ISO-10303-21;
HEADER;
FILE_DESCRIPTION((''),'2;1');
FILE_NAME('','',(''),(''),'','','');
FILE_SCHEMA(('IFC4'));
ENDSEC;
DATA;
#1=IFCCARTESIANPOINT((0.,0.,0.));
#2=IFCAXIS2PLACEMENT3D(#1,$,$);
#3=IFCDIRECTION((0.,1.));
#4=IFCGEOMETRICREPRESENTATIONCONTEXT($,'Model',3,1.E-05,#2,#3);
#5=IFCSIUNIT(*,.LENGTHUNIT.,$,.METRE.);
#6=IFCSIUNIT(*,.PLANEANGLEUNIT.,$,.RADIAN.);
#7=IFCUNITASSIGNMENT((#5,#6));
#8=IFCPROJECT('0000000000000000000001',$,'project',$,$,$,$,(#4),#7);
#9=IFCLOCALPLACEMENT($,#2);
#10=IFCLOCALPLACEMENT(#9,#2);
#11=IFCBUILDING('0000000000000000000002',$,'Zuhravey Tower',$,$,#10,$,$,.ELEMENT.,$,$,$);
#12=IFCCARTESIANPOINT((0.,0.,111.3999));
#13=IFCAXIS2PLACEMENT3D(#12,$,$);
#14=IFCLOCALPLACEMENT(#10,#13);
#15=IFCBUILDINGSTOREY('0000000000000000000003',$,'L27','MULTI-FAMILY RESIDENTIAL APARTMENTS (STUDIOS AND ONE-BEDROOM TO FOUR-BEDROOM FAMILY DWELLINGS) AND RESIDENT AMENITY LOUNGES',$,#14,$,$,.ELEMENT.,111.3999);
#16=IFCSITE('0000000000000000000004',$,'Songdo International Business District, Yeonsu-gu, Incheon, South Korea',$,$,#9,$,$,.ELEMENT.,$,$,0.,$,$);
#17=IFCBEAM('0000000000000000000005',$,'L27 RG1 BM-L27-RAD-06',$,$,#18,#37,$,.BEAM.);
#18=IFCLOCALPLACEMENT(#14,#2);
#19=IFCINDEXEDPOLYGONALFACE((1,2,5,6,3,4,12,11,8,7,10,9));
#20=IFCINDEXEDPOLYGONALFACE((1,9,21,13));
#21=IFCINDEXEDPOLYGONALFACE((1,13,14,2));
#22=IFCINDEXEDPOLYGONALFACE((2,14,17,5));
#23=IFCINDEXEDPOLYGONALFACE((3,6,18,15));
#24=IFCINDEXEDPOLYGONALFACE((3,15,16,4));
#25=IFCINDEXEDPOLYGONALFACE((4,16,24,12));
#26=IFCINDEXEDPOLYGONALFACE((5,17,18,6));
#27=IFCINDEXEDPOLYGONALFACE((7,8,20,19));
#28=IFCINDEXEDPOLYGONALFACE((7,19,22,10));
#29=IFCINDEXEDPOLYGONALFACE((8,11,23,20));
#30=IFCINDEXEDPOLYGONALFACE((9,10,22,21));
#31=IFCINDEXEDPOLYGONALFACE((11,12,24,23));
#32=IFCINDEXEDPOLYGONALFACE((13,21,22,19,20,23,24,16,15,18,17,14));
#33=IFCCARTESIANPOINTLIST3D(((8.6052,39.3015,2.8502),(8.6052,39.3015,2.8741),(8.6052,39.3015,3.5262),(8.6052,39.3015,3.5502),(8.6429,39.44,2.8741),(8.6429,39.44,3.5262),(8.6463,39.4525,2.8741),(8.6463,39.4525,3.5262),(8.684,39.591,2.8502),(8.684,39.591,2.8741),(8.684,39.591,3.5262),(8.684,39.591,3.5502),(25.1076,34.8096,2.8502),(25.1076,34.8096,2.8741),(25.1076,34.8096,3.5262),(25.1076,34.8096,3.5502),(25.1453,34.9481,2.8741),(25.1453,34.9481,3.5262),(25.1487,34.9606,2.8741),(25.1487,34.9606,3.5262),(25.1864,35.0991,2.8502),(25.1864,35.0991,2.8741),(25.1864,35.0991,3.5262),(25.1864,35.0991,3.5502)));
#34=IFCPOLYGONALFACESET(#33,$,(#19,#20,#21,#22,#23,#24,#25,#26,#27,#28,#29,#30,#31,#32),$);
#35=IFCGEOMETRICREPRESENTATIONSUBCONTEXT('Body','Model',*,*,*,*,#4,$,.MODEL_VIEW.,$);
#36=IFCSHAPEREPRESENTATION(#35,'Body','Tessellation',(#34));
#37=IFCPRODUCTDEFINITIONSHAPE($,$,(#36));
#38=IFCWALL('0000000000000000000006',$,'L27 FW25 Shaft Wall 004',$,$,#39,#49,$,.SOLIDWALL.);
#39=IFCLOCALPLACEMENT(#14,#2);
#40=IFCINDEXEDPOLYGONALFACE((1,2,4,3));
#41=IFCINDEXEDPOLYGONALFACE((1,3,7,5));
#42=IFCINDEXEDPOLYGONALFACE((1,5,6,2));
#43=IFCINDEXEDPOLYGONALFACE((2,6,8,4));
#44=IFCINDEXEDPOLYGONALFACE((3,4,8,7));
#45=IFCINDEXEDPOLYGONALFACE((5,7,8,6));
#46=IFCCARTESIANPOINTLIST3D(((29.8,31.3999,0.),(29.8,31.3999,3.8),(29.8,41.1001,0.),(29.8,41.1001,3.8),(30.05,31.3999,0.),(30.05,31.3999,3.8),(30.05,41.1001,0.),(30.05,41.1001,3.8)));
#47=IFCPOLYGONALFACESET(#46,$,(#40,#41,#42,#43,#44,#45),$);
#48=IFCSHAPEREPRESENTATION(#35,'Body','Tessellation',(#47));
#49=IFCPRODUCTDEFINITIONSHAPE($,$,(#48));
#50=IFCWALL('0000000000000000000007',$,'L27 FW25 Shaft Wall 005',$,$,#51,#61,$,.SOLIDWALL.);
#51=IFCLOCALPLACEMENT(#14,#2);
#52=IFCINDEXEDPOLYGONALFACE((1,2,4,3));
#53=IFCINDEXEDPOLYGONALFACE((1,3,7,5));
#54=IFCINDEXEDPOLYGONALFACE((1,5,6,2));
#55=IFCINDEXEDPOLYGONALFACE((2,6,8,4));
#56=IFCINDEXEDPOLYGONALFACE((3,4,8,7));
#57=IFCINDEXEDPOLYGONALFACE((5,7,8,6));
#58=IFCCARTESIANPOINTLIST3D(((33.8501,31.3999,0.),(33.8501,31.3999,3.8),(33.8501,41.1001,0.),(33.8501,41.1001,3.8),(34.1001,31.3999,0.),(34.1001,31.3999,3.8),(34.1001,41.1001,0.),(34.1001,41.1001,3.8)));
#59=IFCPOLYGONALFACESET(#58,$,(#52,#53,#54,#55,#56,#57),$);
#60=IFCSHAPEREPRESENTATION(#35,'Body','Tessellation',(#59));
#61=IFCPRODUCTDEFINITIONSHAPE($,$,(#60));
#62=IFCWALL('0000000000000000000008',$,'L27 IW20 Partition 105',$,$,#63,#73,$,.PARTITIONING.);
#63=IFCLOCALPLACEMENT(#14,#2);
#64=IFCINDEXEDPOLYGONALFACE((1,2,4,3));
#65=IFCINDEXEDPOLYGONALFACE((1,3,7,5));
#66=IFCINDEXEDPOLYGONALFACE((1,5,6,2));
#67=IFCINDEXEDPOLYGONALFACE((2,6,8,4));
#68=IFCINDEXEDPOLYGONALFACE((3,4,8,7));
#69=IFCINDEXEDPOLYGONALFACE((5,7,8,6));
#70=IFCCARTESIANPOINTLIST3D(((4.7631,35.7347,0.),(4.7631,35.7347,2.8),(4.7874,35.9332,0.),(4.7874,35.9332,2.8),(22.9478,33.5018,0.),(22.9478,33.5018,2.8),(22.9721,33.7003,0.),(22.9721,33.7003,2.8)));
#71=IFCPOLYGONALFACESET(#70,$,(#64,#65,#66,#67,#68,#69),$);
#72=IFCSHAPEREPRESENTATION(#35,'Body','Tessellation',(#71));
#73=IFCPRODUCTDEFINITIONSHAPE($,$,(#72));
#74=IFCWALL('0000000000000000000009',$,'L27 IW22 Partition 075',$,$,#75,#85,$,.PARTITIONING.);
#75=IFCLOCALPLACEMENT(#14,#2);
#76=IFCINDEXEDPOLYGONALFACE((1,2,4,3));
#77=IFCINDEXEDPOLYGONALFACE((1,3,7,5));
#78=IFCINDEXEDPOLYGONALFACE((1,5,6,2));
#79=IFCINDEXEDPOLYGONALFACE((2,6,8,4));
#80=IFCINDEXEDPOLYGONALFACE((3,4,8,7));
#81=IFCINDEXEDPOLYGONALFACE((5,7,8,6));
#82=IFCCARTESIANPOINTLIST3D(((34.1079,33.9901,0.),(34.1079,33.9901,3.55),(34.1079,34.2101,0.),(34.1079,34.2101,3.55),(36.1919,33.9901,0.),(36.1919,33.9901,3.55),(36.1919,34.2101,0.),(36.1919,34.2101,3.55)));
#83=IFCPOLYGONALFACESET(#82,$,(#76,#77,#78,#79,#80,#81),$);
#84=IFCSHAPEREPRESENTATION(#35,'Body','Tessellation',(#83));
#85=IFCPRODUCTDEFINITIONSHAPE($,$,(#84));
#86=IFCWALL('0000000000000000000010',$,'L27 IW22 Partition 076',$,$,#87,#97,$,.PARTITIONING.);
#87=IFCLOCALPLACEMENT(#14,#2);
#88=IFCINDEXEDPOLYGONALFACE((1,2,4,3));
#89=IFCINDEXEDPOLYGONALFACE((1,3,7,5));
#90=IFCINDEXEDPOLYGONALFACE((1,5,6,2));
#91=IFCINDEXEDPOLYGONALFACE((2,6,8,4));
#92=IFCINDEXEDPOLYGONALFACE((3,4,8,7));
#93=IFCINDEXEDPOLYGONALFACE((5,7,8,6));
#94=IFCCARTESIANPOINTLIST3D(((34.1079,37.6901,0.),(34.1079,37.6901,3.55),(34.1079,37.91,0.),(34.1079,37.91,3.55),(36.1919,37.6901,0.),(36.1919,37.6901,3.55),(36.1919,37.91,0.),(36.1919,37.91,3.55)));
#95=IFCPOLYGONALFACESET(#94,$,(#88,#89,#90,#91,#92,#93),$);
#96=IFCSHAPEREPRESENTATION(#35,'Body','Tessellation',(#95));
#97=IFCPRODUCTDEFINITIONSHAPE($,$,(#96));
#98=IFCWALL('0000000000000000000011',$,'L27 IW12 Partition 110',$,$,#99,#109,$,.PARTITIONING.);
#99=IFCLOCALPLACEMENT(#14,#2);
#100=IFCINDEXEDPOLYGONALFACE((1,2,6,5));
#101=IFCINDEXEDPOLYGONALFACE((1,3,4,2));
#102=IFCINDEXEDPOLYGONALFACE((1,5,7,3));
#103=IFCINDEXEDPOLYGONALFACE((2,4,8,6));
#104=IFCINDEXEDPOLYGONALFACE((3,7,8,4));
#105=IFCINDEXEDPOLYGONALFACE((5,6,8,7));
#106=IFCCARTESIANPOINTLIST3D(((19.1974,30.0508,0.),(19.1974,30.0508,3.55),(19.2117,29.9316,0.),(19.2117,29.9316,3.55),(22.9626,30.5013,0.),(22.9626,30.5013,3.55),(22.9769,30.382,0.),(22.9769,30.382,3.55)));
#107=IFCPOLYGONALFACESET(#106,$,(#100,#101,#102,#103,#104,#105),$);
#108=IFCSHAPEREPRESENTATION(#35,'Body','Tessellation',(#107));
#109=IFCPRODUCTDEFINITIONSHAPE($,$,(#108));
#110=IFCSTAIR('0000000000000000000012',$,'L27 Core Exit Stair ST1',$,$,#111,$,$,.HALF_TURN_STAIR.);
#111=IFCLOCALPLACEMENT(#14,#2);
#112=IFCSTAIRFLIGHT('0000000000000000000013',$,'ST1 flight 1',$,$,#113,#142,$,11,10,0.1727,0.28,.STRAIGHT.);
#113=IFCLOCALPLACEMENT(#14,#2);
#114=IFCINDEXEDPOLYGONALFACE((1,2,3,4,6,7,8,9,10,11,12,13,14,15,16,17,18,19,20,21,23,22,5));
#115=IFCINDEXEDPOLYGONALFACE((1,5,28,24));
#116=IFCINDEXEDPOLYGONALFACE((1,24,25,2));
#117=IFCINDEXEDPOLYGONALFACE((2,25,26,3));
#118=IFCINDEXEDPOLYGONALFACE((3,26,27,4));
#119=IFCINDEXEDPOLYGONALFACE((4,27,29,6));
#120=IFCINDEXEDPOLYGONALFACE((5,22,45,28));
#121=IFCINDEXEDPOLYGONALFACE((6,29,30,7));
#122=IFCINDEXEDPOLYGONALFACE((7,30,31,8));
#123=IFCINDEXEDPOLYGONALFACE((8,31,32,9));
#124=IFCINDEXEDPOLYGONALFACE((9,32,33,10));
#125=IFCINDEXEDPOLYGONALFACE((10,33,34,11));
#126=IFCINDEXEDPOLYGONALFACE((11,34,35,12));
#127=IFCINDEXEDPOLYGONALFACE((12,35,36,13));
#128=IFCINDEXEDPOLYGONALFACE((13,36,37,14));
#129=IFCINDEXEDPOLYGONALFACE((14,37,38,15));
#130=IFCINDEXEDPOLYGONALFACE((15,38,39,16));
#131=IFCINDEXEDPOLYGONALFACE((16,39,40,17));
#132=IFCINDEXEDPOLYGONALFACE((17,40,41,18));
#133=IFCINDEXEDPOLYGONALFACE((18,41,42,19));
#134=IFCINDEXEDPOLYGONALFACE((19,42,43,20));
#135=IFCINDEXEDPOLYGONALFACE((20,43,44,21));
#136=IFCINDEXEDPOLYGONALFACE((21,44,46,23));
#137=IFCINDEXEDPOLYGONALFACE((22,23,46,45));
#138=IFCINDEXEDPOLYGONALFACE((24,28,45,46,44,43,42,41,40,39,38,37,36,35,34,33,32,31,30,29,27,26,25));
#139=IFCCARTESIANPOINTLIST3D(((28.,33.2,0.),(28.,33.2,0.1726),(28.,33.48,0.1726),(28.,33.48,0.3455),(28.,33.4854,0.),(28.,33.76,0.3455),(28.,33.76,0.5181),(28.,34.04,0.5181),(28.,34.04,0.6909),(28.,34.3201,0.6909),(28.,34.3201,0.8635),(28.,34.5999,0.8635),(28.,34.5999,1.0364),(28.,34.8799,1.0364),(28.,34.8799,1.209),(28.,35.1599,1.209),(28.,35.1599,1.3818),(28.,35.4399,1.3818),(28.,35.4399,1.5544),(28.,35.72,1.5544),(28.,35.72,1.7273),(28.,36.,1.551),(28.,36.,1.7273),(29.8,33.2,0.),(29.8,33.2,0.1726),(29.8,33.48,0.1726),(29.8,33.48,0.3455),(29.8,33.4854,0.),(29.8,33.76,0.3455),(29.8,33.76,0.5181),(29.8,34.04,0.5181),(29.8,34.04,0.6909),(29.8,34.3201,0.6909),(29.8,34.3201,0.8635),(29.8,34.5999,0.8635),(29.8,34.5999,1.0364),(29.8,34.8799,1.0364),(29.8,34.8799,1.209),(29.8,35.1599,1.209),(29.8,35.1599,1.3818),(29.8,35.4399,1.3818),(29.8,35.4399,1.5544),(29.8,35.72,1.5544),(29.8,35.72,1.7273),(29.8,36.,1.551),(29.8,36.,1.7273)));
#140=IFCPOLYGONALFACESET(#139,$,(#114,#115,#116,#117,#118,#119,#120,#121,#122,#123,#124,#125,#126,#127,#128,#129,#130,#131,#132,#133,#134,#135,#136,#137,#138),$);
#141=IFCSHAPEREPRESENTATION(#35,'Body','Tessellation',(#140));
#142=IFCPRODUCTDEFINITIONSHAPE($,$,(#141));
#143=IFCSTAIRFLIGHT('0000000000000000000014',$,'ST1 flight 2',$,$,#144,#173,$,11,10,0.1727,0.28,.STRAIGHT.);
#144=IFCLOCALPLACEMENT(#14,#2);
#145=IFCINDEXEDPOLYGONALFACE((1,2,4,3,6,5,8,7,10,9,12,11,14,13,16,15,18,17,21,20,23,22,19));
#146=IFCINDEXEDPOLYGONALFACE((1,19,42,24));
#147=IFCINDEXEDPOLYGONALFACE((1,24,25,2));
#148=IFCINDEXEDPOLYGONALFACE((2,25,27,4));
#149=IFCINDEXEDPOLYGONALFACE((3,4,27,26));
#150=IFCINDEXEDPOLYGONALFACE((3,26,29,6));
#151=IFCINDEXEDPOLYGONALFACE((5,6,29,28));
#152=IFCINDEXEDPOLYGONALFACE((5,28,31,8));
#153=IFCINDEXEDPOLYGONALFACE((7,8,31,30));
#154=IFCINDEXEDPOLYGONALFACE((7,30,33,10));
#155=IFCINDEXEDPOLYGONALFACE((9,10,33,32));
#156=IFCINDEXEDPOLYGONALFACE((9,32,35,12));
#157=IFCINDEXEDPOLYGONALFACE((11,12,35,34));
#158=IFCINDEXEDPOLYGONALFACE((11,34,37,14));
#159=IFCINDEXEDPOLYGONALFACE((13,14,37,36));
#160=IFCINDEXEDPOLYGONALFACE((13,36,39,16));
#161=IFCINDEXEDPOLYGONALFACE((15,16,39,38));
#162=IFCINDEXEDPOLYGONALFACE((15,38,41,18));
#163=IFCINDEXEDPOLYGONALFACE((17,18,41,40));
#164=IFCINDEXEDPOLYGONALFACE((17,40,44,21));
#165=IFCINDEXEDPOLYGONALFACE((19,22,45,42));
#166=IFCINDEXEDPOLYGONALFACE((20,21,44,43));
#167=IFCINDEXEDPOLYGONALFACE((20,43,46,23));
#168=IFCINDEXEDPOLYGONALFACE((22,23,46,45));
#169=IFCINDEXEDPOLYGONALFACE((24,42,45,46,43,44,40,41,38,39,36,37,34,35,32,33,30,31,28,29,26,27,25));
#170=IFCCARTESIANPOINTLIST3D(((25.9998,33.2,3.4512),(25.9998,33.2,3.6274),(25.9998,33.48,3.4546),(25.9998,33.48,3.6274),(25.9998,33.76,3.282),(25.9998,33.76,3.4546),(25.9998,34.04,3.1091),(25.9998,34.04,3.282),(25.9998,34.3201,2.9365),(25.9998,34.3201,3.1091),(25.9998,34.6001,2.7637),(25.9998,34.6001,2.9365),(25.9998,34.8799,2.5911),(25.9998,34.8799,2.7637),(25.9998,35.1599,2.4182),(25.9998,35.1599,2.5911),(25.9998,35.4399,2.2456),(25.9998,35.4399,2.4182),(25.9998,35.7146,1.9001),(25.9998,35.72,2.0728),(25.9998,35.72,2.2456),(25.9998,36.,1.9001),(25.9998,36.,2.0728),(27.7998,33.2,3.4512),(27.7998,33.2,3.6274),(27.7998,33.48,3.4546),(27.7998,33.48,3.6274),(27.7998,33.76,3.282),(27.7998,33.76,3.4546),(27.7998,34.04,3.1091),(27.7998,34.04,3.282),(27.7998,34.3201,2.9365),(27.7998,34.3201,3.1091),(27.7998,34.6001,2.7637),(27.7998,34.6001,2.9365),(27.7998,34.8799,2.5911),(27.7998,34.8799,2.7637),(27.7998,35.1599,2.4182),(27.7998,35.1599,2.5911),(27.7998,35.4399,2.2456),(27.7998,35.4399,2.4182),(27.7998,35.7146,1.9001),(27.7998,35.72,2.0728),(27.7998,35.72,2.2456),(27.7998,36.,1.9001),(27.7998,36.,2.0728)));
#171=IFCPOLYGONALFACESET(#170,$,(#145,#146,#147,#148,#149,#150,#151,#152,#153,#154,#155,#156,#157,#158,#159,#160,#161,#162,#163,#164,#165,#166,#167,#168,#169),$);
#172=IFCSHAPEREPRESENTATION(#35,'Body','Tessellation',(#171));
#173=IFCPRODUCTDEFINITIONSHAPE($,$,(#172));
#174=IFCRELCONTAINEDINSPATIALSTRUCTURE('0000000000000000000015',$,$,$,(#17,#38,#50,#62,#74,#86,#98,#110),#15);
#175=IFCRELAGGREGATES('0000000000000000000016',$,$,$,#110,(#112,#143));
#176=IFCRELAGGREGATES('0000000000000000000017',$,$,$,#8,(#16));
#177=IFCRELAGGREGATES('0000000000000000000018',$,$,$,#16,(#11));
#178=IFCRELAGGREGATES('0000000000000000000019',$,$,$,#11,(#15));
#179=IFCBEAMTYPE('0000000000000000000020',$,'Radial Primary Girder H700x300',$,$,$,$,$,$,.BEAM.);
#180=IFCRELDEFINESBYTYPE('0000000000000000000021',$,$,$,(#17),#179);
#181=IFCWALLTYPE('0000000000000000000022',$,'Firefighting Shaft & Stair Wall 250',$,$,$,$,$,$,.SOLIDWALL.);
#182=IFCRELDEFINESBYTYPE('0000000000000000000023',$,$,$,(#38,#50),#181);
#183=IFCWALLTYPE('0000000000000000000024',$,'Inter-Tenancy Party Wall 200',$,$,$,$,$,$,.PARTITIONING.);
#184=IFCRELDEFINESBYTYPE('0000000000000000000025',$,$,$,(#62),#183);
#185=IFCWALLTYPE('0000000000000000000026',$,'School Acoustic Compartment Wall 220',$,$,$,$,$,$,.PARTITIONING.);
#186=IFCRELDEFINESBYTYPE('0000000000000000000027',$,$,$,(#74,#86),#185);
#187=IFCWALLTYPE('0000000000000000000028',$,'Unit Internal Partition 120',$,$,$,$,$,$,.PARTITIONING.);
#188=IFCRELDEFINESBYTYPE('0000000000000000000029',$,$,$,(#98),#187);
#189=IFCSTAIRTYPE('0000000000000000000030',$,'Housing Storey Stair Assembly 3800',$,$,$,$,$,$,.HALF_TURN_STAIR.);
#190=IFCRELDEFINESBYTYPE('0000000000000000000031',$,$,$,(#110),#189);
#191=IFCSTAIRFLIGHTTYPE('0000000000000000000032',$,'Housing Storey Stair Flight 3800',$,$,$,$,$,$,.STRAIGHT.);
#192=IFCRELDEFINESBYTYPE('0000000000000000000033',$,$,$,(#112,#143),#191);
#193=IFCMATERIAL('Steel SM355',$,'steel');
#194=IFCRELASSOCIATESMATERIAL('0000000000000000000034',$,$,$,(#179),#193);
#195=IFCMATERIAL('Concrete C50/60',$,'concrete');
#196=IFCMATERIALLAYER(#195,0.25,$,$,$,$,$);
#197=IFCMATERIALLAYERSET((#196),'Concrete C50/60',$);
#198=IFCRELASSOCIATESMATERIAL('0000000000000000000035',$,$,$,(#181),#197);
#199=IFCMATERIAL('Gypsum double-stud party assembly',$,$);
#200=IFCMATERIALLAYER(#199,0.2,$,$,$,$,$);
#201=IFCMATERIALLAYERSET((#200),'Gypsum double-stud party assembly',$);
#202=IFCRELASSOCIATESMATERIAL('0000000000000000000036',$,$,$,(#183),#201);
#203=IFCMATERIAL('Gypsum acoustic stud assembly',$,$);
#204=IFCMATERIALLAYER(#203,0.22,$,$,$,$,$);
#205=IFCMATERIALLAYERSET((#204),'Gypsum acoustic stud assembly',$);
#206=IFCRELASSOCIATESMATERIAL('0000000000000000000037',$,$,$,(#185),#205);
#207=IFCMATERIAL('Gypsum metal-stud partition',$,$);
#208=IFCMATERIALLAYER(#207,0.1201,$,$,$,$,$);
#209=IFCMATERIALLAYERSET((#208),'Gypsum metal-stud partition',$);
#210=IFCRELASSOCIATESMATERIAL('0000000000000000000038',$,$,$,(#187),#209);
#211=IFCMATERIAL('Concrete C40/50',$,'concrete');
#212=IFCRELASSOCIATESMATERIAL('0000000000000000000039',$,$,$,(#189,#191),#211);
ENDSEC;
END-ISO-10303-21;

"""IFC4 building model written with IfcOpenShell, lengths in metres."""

from ifc_helpers import new_model, si_unit, direction, frame, frame_2d, origin, origin_2d, place, context, subcontext, project, spatial, polyline, rectangle, i_section, outline, extrude, material, layer, layer_set, material_profile, profile_set, type_object, element, aggregate, save


model = new_model("IFC4")

# Units and contexts
model_context = context("Model", 3, precision=1e-05, world=origin(), true_north=direction((0.0, 1.0)))
body_context = subcontext(model_context, "Body", "Model", "MODEL_VIEW")
ifc_project = project(units=[si_unit("LENGTHUNIT", "METRE"), si_unit("PLANEANGLEUNIT", "RADIAN")], contexts=[model_context])

# Site, building, storey
site_placement = place(None, origin())
site = spatial("IfcSite", under=ifc_project, at=site_placement, Name="Songdo International Business District, Yeonsu-gu, Incheon, South Korea", CompositionType="ELEMENT", RefElevation=0.0)
building_placement = place(site_placement, origin())
building = spatial("IfcBuilding", under=site, at=building_placement, Name="Zuhravey Tower", CompositionType="ELEMENT")
storey_placement = place(building_placement, frame((0.0, 0.0, 111.3999)))
storey = spatial("IfcBuildingStorey", under=building, at=storey_placement, Name="L27", Description="MULTI-FAMILY RESIDENTIAL APARTMENTS (STUDIOS AND ONE-BEDROOM TO FOUR-BEDROOM FAMILY DWELLINGS) AND RESIDENT AMENITY LOUNGES", CompositionType="ELEMENT", Elevation=111.3999)

# Beam
ifc_material_1 = material(Name="Steel SM355", Category="steel")
ifc_material_profile = material_profile(ifc_material_1, i_section(OverallWidth=0.3, OverallDepth=0.7, WebThickness=0.0129, FlangeThickness=0.0239, at=origin_2d()), Name="H-700x300x13x24")
ifc_profile_set = profile_set([ifc_material_profile], Name="Steel SM355")
beam_type = type_object("IfcBeamType", Name="Radial Primary Girder H700x300", PredefinedType="BEAM", material=ifc_profile_set)
beam_placement = place(storey_placement, frame((25.147, 34.9543, 3.2002), z_axis=(-0.964893, 0.262643, 0.0), x_axis=(-0.262643, -0.964893, 0.0)))
element("IfcBeam", 1, at=beam_placement, inside=storey, type_object=beam_type, Name="L27 RG1 BM-L27-RAD-06", PredefinedType="BEAM", context=body_context, shape_type="SweptSolid", body=[
    extrude(i_section(OverallWidth=0.3, OverallDepth=0.7, WebThickness=0.0129, FlangeThickness=0.0239, at=origin_2d()), origin(), (0.0, 0.0, 1.0), 17.1028),
])

# Shared definitions
ifc_material_2 = material(Name="Concrete C50/60", Category="concrete")
ifc_layer_1 = layer(ifc_material_2, 0.25)
ifc_layer_set_1 = layer_set([ifc_layer_1], Name="Concrete C50/60")
wall_type_1 = type_object("IfcWallType", Name="Firefighting Shaft & Stair Wall 250", PredefinedType="SOLIDWALL", material=ifc_layer_set_1)

# Walls
for number, where, z_axis, x_axis, name in (
    (2, (29.925, 31.3999, 0.0), (0.0, 0.0, 1.0), (0.0, 1.0, 0.0), "L27 FW25 Shaft Wall 004"),
    (3, (33.9751, 31.3999, 0.0), (0.0, 0.0, 1.0), (0.0, 1.0, 0.0), "L27 FW25 Shaft Wall 005"),
):
    element("IfcWall", number, at=place(storey_placement, frame(where, z_axis=z_axis, x_axis=x_axis)), inside=storey, type_object=wall_type_1, Name=name, PredefinedType="SOLIDWALL", context=body_context, shape_type="SweptSolid", body=[
        extrude(rectangle(XDim=9.7002, YDim=0.25, at=frame_2d((4.8501, 0.0))), origin(), (0.0, 0.0, 1.0), 3.8),
    ])
ifc_material_3 = material(Name="Gypsum double-stud party assembly")
ifc_layer_2 = layer(ifc_material_3, 0.2)
ifc_layer_set_2 = layer_set([ifc_layer_2], Name="Gypsum double-stud party assembly")
wall_type_2 = type_object("IfcWallType", Name="Inter-Tenancy Party Wall 200", PredefinedType="PARTITIONING", material=ifc_layer_set_2)
wall_1_placement = place(storey_placement, frame((22.96, 33.6011, 0.0), z_axis=(0.0, 0.0, 1.0), x_axis=(-0.992546, 0.121874, 0.0)))
element("IfcWall", 4, at=wall_1_placement, inside=storey, type_object=wall_type_2, Name="L27 IW20 Partition 105", PredefinedType="PARTITIONING", context=body_context, shape_type="SweptSolid", body=[
    extrude(rectangle(XDim=18.3213, YDim=0.2, at=frame_2d((9.1606, 0.0))), origin(), (0.0, 0.0, 1.0), 2.8),
])
ifc_material_4 = material(Name="Gypsum acoustic stud assembly")
ifc_layer_3 = layer(ifc_material_4, 0.22)
ifc_layer_set_3 = layer_set([ifc_layer_3], Name="Gypsum acoustic stud assembly")
wall_type_3 = type_object("IfcWallType", Name="School Acoustic Compartment Wall 220", PredefinedType="PARTITIONING", material=ifc_layer_set_3)
for number, where, z_axis, x_axis, name in (
    (5, (34.1079, 34.1001, 0.0), (0.0, 0.0, 1.0), (1.0, 0.0, 0.0), "L27 IW22 Partition 075"),
    (6, (34.1079, 37.8, 0.0), (0.0, 0.0, 1.0), (1.0, 0.0, 0.0), "L27 IW22 Partition 076"),
):
    element("IfcWall", number, at=place(storey_placement, frame(where, z_axis=z_axis, x_axis=x_axis)), inside=storey, type_object=wall_type_3, Name=name, PredefinedType="PARTITIONING", context=body_context, shape_type="SweptSolid", body=[
        extrude(rectangle(XDim=2.084, YDim=0.22, at=frame_2d((1.042, 0.0))), origin(), (0.0, 0.0, 1.0), 3.55),
    ])
ifc_material_5 = material(Name="Gypsum metal-stud partition")
ifc_layer_4 = layer(ifc_material_5, 0.1201)
ifc_layer_set_4 = layer_set([ifc_layer_4], Name="Gypsum metal-stud partition")
wall_type_4 = type_object("IfcWallType", Name="Unit Internal Partition 120", PredefinedType="PARTITIONING", material=ifc_layer_set_4)
wall_2_placement = place(storey_placement, frame((22.9697, 30.4417, 0.0), z_axis=(0.0, 0.0, 1.0), x_axis=(-0.99292, -0.118787, 0.0)))
element("IfcWall", 7, at=wall_2_placement, inside=storey, type_object=wall_type_4, Name="L27 IW12 Partition 110", PredefinedType="PARTITIONING", context=body_context, shape_type="SweptSolid", body=[
    extrude(rectangle(XDim=3.792, YDim=0.1201, at=frame_2d((1.896, 0.0))), origin(), (0.0, 0.0, 1.0), 3.55),
])

# Stair, stair flights
ifc_material_6 = material(Name="Concrete C40/50", Category="concrete")
stair_type = type_object("IfcStairType", Name="Housing Storey Stair Assembly 3800", PredefinedType="HALF_TURN_STAIR", material=ifc_material_6)
stair_1_placement = place(storey_placement, origin())
stair_1 = element("IfcStair", 8, at=stair_1_placement, inside=storey, type_object=stair_type, Name="L27 Core Exit Stair ST1", PredefinedType="HALF_TURN_STAIR")
stair_flight_type = type_object("IfcStairFlightType", Name="Housing Storey Stair Flight 3800", PredefinedType="STRAIGHT", material=ifc_material_6)
stair_flight_1_placement = place(storey_placement, frame((28.8999, 33.2, 0.0), z_axis=(0.0, 0.0, 1.0), x_axis=(0.0, 1.0, 0.0)))
stair_flight_1 = element("IfcStairFlight", 9, at=stair_flight_1_placement, type_object=stair_flight_type, Name="ST1 flight 1", NumberOfRisers=11, NumberOfTreads=10, PredefinedType="STRAIGHT", RiserHeight=0.1727, TreadLength=0.28, context=body_context, shape_type="SweptSolid", body=[
    extrude(outline(polyline([(0.0, 0.0), (0.0, 0.1726), (0.28, 0.1726), (0.28, 0.3455), (0.5601, 0.3455), (0.5601, 0.5181), (0.8401, 0.5181), (0.8401, 0.6909), (1.1201, 0.6909), (1.1201, 0.8635), (1.3999, 0.8635), (1.3999, 1.0364), (1.6799, 1.0364), (1.6799, 1.209), (1.96, 1.209), (1.96, 1.3818), (2.24, 1.3818), (2.24, 1.5544), (2.52, 1.5544), (2.52, 1.7273), (2.8, 1.7273), (2.8, 1.8999), (2.8, 1.551), (0.2854, 0.0), (0.0, 0.0)])), frame((0.0, 0.8999, 0.0), z_axis=(0.0, -1.0, 0.0), x_axis=(1.0, 0.0, 0.0)), (0.0, 0.0, 1.0), 1.8),
])
stair_flight_2_placement = place(storey_placement, frame((26.8999, 36.0, 1.9001), z_axis=(0.0, 0.0, 1.0), x_axis=(0.0, -1.0, 0.0)))
stair_flight_2 = element("IfcStairFlight", 10, at=stair_flight_2_placement, type_object=stair_flight_type, Name="ST1 flight 2", NumberOfRisers=11, NumberOfTreads=10, PredefinedType="STRAIGHT", RiserHeight=0.1727, TreadLength=0.28, context=body_context, shape_type="SweptSolid", body=[
    extrude(outline(polyline([(0.0, 0.0), (0.0, 0.1726), (0.28, 0.1726), (0.28, 0.3455), (0.5601, 0.3455), (0.5601, 0.5181), (0.8401, 0.5181), (0.8401, 0.6909), (1.1201, 0.6909), (1.1201, 0.8635), (1.3999, 0.8635), (1.3999, 1.0364), (1.6799, 1.0364), (1.6799, 1.209), (1.96, 1.209), (1.96, 1.3818), (2.24, 1.3818), (2.24, 1.5544), (2.52, 1.5544), (2.52, 1.7273), (2.8, 1.7273), (2.8, 1.8999), (2.8, 1.551), (0.2854, 0.0), (0.0, 0.0)])), frame((0.0, 0.8999, 0.0), z_axis=(0.0, -1.0, 0.0), x_axis=(1.0, 0.0, 0.0)), (0.0, 0.0, 1.0), 1.8),
])
aggregate(stair_1, [stair_flight_1, stair_flight_2])

save(model, "model.ifc")
